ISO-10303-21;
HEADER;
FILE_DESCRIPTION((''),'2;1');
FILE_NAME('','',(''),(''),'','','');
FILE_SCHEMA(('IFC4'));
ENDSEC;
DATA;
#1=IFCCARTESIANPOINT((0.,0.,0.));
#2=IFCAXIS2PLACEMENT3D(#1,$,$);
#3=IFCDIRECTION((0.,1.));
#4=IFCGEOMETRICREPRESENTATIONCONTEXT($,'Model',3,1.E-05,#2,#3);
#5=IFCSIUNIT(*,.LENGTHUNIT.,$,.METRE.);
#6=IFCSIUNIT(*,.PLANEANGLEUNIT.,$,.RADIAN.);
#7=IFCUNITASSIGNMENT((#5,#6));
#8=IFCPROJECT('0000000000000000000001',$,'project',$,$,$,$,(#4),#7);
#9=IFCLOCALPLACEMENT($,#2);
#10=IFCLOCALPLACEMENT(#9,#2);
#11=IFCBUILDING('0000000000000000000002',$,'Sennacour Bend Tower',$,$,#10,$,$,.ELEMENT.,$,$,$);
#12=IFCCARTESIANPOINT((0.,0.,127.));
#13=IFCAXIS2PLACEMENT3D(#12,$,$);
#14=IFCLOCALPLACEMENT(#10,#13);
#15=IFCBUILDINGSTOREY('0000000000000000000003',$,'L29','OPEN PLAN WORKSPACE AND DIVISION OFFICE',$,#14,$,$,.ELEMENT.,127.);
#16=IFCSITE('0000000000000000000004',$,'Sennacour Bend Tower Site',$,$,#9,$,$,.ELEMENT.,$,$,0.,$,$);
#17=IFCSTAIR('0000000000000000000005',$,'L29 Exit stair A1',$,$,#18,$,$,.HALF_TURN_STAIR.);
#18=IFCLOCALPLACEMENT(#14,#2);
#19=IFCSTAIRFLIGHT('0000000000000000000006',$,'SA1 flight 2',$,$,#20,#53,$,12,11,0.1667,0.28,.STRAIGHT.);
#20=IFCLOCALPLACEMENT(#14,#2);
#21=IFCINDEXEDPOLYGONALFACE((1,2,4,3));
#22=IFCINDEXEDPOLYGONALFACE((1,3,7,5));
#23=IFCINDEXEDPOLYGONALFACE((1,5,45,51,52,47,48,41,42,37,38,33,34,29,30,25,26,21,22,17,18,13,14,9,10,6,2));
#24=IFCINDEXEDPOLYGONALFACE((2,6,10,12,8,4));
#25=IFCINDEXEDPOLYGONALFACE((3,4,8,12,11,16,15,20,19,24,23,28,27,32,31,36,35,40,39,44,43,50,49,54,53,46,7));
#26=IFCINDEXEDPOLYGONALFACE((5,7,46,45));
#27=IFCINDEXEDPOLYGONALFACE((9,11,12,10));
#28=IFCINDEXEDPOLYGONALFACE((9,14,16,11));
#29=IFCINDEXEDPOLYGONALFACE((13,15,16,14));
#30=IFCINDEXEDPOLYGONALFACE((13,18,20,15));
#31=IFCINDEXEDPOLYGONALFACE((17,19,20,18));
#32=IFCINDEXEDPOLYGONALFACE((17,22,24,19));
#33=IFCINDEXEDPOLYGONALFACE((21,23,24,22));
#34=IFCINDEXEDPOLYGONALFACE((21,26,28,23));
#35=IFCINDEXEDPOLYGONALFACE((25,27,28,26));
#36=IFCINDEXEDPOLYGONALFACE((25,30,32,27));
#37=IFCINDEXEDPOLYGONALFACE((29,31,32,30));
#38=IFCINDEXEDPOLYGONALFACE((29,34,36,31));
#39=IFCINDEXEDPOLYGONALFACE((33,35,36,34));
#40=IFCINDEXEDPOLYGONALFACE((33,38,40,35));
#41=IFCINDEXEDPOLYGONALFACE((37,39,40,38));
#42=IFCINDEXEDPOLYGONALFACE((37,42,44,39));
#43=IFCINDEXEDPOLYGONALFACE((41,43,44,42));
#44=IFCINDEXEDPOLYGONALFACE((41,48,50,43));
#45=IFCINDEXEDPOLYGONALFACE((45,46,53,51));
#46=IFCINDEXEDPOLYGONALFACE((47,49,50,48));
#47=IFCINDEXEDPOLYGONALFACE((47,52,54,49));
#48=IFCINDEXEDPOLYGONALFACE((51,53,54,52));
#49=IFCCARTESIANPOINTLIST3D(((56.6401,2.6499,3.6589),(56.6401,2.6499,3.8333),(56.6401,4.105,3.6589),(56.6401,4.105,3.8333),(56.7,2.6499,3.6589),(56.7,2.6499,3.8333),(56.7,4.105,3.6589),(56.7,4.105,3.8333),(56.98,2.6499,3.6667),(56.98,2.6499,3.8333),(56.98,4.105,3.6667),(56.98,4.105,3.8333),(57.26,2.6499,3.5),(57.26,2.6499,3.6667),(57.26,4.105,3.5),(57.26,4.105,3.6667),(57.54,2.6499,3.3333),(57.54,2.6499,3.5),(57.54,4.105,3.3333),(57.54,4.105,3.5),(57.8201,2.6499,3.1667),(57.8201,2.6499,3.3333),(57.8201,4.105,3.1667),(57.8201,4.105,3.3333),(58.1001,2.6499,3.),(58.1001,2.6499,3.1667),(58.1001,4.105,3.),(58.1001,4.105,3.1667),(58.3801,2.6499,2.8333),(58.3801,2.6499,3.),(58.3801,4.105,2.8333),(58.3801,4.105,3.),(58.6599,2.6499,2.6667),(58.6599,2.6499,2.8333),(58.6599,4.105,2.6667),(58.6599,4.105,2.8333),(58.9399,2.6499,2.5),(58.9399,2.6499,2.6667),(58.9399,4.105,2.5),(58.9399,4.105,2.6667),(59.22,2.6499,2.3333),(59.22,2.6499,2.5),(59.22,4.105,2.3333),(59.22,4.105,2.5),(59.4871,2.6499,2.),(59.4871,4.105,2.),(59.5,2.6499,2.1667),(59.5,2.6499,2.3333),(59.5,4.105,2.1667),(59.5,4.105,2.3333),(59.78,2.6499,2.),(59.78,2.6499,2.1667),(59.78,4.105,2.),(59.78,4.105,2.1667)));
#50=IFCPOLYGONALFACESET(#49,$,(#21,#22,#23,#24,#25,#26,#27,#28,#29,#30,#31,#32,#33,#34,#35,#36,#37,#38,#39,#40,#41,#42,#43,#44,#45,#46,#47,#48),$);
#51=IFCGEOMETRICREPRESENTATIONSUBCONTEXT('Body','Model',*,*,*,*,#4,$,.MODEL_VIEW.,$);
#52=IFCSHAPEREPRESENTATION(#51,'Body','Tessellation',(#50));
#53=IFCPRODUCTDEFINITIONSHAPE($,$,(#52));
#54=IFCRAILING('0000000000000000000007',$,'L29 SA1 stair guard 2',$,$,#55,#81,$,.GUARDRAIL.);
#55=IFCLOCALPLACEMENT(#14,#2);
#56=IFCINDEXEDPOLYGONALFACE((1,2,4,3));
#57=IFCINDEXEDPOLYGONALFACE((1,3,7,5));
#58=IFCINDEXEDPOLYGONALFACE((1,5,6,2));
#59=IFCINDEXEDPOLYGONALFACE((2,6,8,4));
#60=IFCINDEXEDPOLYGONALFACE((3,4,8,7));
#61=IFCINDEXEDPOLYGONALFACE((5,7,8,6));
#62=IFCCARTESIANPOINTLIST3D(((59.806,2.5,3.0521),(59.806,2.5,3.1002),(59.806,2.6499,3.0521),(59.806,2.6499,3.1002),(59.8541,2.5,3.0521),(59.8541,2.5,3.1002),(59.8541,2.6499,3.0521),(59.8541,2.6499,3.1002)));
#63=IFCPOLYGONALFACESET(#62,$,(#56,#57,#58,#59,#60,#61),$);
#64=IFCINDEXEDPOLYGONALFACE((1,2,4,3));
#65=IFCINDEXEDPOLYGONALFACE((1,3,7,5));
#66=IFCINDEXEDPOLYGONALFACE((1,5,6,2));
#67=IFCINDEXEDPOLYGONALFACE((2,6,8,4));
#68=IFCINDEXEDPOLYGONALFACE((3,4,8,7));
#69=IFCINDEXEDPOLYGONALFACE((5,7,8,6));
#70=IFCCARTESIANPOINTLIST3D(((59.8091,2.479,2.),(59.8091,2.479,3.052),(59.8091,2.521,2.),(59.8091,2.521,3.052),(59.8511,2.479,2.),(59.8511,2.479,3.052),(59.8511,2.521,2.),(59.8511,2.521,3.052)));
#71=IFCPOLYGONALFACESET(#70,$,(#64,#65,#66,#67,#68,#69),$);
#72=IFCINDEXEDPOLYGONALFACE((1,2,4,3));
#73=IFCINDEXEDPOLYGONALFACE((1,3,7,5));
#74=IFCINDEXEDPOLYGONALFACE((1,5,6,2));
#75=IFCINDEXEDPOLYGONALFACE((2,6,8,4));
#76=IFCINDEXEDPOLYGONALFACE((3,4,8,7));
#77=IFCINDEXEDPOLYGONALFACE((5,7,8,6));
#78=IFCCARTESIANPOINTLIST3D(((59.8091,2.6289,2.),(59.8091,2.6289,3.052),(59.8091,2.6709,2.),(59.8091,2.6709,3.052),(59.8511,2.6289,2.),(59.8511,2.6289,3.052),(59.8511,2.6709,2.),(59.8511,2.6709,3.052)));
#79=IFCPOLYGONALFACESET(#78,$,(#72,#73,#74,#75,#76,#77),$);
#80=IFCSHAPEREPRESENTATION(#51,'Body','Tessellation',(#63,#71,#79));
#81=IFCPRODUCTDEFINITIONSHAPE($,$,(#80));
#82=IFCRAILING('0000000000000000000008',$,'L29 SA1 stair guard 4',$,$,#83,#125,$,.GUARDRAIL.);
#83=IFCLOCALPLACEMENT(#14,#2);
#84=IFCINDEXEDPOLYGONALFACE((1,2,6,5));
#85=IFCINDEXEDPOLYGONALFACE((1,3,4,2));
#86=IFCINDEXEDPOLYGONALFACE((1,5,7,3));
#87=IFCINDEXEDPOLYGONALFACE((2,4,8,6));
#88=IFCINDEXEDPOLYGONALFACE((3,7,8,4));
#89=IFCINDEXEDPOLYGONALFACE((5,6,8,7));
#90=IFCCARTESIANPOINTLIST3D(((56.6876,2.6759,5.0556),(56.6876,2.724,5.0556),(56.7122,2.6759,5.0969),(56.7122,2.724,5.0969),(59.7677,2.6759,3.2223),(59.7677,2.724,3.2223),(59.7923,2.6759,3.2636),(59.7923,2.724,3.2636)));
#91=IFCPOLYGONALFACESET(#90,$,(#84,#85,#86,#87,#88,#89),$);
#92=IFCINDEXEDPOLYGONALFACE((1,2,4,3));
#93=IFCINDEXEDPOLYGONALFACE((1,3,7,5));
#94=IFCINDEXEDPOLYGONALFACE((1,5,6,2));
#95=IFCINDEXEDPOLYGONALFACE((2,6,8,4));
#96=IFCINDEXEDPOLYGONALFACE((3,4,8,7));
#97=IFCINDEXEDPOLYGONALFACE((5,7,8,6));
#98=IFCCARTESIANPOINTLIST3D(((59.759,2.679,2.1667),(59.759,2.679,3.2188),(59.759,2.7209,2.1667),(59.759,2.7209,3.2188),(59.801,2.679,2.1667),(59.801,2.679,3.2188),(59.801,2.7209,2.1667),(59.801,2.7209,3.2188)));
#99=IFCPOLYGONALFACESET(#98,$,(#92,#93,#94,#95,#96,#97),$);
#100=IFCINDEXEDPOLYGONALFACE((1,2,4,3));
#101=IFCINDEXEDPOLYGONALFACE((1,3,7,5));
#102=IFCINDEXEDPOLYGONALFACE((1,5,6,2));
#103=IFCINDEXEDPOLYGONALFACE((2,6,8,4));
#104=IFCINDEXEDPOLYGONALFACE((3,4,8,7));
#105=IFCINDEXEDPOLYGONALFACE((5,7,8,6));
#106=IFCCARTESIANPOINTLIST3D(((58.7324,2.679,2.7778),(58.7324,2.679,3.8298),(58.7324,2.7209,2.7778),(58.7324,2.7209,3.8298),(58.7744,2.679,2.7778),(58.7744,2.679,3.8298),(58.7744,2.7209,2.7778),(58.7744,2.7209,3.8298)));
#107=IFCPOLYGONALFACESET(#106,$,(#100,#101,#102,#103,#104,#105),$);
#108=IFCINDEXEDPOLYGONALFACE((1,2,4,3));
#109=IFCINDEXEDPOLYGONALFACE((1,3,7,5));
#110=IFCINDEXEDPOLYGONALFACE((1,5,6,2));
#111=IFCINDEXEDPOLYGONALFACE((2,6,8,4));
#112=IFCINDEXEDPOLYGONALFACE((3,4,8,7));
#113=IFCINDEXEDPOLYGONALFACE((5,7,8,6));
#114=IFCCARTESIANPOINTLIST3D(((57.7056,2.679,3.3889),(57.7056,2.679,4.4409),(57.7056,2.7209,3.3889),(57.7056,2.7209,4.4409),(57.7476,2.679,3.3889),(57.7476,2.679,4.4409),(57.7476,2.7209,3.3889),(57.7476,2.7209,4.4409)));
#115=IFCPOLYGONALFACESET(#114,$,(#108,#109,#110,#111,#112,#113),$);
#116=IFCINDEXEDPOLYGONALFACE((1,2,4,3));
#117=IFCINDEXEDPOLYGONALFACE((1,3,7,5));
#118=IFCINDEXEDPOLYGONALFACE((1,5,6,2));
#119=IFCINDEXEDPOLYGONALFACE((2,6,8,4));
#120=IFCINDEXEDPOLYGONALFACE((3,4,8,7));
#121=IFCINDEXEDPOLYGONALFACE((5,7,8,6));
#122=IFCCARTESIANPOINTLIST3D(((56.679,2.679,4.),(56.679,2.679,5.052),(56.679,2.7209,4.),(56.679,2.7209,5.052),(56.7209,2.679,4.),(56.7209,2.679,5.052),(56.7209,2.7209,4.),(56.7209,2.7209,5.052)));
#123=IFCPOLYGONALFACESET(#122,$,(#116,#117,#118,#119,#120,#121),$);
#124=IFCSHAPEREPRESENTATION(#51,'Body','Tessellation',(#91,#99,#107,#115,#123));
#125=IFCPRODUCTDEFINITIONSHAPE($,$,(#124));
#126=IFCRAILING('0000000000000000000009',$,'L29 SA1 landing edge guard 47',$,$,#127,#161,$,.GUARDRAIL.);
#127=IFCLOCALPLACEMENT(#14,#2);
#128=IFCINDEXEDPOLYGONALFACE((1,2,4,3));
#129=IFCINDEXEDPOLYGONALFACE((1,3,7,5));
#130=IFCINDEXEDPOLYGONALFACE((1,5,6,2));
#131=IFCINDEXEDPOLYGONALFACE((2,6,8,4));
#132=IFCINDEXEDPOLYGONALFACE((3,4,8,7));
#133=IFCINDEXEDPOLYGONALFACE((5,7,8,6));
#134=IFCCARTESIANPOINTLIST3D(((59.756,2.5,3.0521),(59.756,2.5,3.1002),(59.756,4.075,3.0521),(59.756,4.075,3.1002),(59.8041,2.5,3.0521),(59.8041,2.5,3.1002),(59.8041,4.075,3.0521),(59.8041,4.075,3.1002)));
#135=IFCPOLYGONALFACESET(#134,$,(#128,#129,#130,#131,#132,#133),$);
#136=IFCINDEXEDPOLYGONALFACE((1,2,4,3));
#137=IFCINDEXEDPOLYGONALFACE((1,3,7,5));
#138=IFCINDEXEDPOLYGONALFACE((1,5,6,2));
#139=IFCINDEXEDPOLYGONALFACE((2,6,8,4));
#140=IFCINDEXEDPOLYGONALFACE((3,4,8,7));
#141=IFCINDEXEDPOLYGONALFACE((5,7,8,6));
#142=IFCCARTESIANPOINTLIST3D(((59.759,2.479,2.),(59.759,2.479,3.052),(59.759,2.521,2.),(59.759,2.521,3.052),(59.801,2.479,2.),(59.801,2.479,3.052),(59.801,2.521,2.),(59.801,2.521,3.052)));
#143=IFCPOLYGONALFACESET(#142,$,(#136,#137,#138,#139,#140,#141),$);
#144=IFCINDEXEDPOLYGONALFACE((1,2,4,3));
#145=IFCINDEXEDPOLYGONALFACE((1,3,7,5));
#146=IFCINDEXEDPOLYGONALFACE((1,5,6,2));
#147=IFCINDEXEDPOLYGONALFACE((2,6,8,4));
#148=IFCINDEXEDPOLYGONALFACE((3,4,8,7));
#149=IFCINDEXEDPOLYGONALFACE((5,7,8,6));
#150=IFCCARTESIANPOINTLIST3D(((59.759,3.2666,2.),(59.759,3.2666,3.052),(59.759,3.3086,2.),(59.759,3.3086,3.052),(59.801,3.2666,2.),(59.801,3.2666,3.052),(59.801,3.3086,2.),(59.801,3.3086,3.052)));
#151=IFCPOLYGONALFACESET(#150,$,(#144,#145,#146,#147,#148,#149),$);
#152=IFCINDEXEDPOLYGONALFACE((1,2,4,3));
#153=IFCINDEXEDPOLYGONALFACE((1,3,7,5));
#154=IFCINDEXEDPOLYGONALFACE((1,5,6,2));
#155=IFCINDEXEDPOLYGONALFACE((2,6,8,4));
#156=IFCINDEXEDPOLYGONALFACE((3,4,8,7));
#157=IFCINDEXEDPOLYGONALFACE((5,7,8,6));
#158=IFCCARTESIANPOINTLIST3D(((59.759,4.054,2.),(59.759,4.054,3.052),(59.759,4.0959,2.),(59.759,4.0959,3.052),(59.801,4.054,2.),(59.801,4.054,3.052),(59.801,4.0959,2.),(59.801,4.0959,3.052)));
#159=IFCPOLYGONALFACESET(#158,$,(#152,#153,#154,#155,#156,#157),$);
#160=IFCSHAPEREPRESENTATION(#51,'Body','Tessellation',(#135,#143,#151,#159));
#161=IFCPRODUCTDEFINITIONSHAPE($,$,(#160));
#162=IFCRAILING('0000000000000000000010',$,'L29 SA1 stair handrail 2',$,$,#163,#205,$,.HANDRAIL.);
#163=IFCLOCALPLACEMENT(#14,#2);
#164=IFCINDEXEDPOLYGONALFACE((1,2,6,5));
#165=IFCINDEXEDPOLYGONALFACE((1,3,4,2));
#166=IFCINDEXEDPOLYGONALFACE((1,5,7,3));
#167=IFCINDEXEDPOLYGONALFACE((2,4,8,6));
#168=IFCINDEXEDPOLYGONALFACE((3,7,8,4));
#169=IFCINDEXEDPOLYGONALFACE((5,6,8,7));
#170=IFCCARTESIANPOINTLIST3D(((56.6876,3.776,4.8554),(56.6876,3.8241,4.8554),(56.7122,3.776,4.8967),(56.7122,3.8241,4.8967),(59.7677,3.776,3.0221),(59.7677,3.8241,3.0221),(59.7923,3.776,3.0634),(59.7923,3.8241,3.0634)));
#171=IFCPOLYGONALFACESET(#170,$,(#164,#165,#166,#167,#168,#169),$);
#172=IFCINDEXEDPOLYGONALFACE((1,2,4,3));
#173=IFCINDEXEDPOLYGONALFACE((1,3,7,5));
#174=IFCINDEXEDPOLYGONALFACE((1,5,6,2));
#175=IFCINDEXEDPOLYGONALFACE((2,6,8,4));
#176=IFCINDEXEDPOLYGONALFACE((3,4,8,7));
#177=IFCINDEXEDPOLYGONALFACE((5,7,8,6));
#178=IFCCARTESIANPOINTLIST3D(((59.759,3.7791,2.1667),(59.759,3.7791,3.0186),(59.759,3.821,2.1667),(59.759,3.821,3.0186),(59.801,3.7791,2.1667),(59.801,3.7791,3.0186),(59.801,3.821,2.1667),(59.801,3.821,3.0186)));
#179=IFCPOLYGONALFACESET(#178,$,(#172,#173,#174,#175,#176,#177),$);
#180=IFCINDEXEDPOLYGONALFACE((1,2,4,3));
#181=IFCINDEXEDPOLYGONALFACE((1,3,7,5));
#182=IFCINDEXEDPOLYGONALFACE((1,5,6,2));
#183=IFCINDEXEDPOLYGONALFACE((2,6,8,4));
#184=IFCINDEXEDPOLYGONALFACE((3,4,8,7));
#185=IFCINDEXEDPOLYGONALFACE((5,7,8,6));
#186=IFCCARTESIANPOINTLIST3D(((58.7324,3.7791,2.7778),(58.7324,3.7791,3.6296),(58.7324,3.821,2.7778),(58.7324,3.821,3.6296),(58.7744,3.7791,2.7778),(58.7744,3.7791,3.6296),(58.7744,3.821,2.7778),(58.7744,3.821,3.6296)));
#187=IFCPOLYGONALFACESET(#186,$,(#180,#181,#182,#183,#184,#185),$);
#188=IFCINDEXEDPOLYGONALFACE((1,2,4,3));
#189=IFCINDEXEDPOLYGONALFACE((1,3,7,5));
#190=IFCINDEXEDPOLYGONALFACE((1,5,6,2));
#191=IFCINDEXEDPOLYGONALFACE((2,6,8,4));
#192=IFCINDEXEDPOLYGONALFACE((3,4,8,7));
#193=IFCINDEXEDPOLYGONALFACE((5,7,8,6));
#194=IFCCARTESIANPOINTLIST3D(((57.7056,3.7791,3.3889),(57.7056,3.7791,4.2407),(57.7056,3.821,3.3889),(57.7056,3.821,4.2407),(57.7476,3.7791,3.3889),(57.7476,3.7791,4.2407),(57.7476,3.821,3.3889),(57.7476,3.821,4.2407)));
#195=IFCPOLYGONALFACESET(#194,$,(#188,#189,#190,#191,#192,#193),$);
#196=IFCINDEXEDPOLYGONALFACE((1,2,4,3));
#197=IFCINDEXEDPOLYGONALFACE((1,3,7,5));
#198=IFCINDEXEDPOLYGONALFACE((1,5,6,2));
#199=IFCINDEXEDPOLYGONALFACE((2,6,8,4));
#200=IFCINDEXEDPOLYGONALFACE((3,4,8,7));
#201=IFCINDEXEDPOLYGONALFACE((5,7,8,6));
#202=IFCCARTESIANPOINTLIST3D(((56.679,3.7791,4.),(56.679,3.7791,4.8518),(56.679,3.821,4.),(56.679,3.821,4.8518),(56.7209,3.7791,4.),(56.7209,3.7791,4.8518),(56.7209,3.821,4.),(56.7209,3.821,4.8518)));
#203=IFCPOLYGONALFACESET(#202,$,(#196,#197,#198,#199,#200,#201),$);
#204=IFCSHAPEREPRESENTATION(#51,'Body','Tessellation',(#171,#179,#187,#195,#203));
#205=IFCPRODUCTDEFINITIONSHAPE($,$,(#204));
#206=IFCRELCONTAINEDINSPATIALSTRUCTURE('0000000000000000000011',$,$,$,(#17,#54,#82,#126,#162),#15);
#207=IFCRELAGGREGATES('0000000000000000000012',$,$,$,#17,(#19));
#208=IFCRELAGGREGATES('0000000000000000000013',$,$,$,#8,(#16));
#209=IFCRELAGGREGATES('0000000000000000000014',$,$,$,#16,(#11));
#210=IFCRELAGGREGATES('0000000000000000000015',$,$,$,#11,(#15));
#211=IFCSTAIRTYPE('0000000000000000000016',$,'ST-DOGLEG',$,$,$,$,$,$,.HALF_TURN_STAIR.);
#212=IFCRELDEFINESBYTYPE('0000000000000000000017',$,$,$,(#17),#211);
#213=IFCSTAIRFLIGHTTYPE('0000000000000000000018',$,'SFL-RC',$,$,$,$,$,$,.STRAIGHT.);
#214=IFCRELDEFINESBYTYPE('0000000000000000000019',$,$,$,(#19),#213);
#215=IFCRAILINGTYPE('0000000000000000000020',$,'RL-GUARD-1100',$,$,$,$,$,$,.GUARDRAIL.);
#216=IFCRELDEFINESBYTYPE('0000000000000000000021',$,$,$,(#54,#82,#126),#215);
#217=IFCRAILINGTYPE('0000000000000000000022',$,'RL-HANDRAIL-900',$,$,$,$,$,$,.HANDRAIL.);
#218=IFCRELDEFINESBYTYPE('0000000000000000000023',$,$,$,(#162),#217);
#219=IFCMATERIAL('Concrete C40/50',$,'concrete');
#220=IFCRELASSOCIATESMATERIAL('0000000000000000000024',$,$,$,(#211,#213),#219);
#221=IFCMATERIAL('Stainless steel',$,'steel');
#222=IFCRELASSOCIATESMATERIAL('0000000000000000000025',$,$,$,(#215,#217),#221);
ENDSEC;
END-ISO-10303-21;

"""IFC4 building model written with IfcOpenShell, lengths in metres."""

from ifc_helpers import new_model, si_unit, direction, frame, origin, origin_2d, place, context, subcontext, project, spatial, polyline, rectangle, outline, extrude, material, type_object, element, aggregate, save


model = new_model("IFC4")

# Units and contexts
model_context = context("Model", 3, precision=1e-05, world=origin(), true_north=direction((0.0, 1.0)))
body_context = subcontext(model_context, "Body", "Model", "MODEL_VIEW")
ifc_project = project(units=[si_unit("LENGTHUNIT", "METRE"), si_unit("PLANEANGLEUNIT", "RADIAN")], contexts=[model_context])

# Site, building, storey
site_placement = place(None, origin())
site = spatial("IfcSite", under=ifc_project, at=site_placement, Name="Sennacour Bend Tower Site", CompositionType="ELEMENT", RefElevation=0.0)
building_placement = place(site_placement, origin())
building = spatial("IfcBuilding", under=site, at=building_placement, Name="Sennacour Bend Tower", CompositionType="ELEMENT")
storey_placement = place(building_placement, frame((0.0, 0.0, 127.0)))
storey = spatial("IfcBuildingStorey", under=building, at=storey_placement, Name="L29", Description="OPEN PLAN WORKSPACE AND DIVISION OFFICE", CompositionType="ELEMENT", Elevation=127.0)

# Shared definitions
ifc_material_1 = material(Name="Stainless steel", Category="steel")

# Stair, stair flight
ifc_material_2 = material(Name="Concrete C40/50", Category="concrete")
stair_type = type_object("IfcStairType", Name="ST-DOGLEG", PredefinedType="HALF_TURN_STAIR", material=ifc_material_2)
stair_placement = place(storey_placement, origin())
stair = element("IfcStair", 1, at=stair_placement, inside=storey, type_object=stair_type, Name="L29 Exit stair A1", PredefinedType="HALF_TURN_STAIR")
stair_flight_type = type_object("IfcStairFlightType", Name="SFL-RC", PredefinedType="STRAIGHT", material=ifc_material_2)
stair_flight_placement = place(storey_placement, frame((59.78, 3.3774, 2.0), z_axis=(0.0, 0.0, 1.0), x_axis=(-1.0, 0.0, 0.0)))
stair_flight = element("IfcStairFlight", 2, at=stair_flight_placement, type_object=stair_flight_type, Name="SA1 flight 2", NumberOfRisers=12, NumberOfTreads=11, PredefinedType="STRAIGHT", RiserHeight=0.1667, TreadLength=0.28, context=body_context, shape_type="SweptSolid", body=[
    extrude(outline(polyline([(0.0, 0.0), (0.0, 0.1667), (0.28, 0.1667), (0.28, 0.3333), (0.5601, 0.3333), (0.5601, 0.5), (0.8401, 0.5), (0.8401, 0.6667), (1.1201, 0.6667), (1.1201, 0.8333), (1.3999, 0.8333), (1.3999, 1.0), (1.6799, 1.0), (1.6799, 1.1667), (1.96, 1.1667), (1.96, 1.3333), (2.24, 1.3333), (2.24, 1.5), (2.52, 1.5), (2.52, 1.6667), (2.8, 1.6667), (2.8, 1.8333), (3.0801, 1.8333), (3.1399, 1.8333), (3.1399, 1.6589), (3.0801, 1.6589), (0.293, 0.0), (0.0, 0.0)])), frame((0.0, 0.7275, 0.0), z_axis=(0.0, -1.0, 0.0), x_axis=(1.0, 0.0, 0.0)), (0.0, 0.0, 1.0), 1.4551),
])
aggregate(stair, [stair_flight])

# Railings
railing_type_1 = type_object("IfcRailingType", Name="RL-GUARD-1100", PredefinedType="GUARDRAIL", material=ifc_material_1)
railing_1_placement = place(storey_placement, frame((59.8301, 2.5, 2.0)))
element("IfcRailing", 3, at=railing_1_placement, inside=storey, type_object=railing_type_1, Name="L29 SA1 stair guard 2", PredefinedType="GUARDRAIL", context=body_context, shape_type="SweptSolid", body=[
    extrude(rectangle(XDim=0.0481, YDim=0.0481, at=origin_2d()), frame((0.0, 0.0, 1.0762), z_axis=(0.0, 1.0, 0.0), x_axis=(-1.0, 0.0, 0.0)), (0.0, 0.0, 1.0), 0.1499),
    extrude(rectangle(XDim=0.042, YDim=0.042, at=origin_2d()), origin(), (0.0, 0.0, 1.0), 1.052),
    extrude(rectangle(XDim=0.042, YDim=0.042, at=origin_2d()), frame((0.0, 0.1499, 0.0)), (0.0, 0.0, 1.0), 1.052),
])
railing_2_placement = place(storey_placement, frame((59.78, 2.7, 2.1667)))
element("IfcRailing", 4, at=railing_2_placement, inside=storey, type_object=railing_type_1, Name="L29 SA1 stair guard 4", PredefinedType="GUARDRAIL", context=body_context, shape_type="SweptSolid", body=[
    extrude(rectangle(XDim=0.0481, YDim=0.0481, at=origin_2d()), frame((0.0, 0.0, 1.0762), z_axis=(-0.859309, 0.0, 0.511458), x_axis=(0.0, -1.0, 0.0)), (0.0, 0.0, 1.0), 3.5845),
    extrude(rectangle(XDim=0.042, YDim=0.042, at=origin_2d()), origin(), (0.0, 0.0, 1.0), 1.052),
    extrude(rectangle(XDim=0.042, YDim=0.042, at=origin_2d()), frame((-1.0266, 0.0, 0.6111)), (0.0, 0.0, 1.0), 1.052),
    extrude(rectangle(XDim=0.042, YDim=0.042, at=origin_2d()), frame((-2.0535, 0.0, 1.2222)), (0.0, 0.0, 1.0), 1.052),
    extrude(rectangle(XDim=0.042, YDim=0.042, at=origin_2d()), frame((-3.0801, 0.0, 1.8333)), (0.0, 0.0, 1.0), 1.052),
])
railing_3_placement = place(storey_placement, frame((59.78, 2.5, 2.0)))
element("IfcRailing", 5, at=railing_3_placement, inside=storey, type_object=railing_type_1, Name="L29 SA1 landing edge guard 47", PredefinedType="GUARDRAIL", context=body_context, shape_type="SweptSolid", body=[
    extrude(rectangle(XDim=0.0481, YDim=0.0481, at=origin_2d()), frame((0.0, 0.0, 1.0762), z_axis=(0.0, 1.0, 0.0), x_axis=(-1.0, 0.0, 0.0)), (0.0, 0.0, 1.0), 1.575),
    extrude(rectangle(XDim=0.042, YDim=0.042, at=origin_2d()), origin(), (0.0, 0.0, 1.0), 1.052),
    extrude(rectangle(XDim=0.042, YDim=0.042, at=origin_2d()), frame((0.0, 0.7876, 0.0)), (0.0, 0.0, 1.0), 1.052),
    extrude(rectangle(XDim=0.042, YDim=0.042, at=origin_2d()), frame((0.0, 1.575, 0.0)), (0.0, 0.0, 1.0), 1.052),
])
railing_type_2 = type_object("IfcRailingType", Name="RL-HANDRAIL-900", PredefinedType="HANDRAIL", material=ifc_material_1)
railing_4_placement = place(storey_placement, frame((59.78, 3.8, 2.1667)))
element("IfcRailing", 6, at=railing_4_placement, inside=storey, type_object=railing_type_2, Name="L29 SA1 stair handrail 2", PredefinedType="HANDRAIL", context=body_context, shape_type="SweptSolid", body=[
    extrude(rectangle(XDim=0.0481, YDim=0.0481, at=origin_2d()), frame((0.0, 0.0, 0.876), z_axis=(-0.859309, 0.0, 0.511458), x_axis=(0.0, -1.0, 0.0)), (0.0, 0.0, 1.0), 3.5845),
    extrude(rectangle(XDim=0.042, YDim=0.042, at=origin_2d()), origin(), (0.0, 0.0, 1.0), 0.8518),
    extrude(rectangle(XDim=0.042, YDim=0.042, at=origin_2d()), frame((-1.0266, 0.0, 0.6111)), (0.0, 0.0, 1.0), 0.8518),
    extrude(rectangle(XDim=0.042, YDim=0.042, at=origin_2d()), frame((-2.0535, 0.0, 1.2222)), (0.0, 0.0, 1.0), 0.8518),
    extrude(rectangle(XDim=0.042, YDim=0.042, at=origin_2d()), frame((-3.0801, 0.0, 1.8333)), (0.0, 0.0, 1.0), 0.8518),
])

save(model, "model.ifc")
